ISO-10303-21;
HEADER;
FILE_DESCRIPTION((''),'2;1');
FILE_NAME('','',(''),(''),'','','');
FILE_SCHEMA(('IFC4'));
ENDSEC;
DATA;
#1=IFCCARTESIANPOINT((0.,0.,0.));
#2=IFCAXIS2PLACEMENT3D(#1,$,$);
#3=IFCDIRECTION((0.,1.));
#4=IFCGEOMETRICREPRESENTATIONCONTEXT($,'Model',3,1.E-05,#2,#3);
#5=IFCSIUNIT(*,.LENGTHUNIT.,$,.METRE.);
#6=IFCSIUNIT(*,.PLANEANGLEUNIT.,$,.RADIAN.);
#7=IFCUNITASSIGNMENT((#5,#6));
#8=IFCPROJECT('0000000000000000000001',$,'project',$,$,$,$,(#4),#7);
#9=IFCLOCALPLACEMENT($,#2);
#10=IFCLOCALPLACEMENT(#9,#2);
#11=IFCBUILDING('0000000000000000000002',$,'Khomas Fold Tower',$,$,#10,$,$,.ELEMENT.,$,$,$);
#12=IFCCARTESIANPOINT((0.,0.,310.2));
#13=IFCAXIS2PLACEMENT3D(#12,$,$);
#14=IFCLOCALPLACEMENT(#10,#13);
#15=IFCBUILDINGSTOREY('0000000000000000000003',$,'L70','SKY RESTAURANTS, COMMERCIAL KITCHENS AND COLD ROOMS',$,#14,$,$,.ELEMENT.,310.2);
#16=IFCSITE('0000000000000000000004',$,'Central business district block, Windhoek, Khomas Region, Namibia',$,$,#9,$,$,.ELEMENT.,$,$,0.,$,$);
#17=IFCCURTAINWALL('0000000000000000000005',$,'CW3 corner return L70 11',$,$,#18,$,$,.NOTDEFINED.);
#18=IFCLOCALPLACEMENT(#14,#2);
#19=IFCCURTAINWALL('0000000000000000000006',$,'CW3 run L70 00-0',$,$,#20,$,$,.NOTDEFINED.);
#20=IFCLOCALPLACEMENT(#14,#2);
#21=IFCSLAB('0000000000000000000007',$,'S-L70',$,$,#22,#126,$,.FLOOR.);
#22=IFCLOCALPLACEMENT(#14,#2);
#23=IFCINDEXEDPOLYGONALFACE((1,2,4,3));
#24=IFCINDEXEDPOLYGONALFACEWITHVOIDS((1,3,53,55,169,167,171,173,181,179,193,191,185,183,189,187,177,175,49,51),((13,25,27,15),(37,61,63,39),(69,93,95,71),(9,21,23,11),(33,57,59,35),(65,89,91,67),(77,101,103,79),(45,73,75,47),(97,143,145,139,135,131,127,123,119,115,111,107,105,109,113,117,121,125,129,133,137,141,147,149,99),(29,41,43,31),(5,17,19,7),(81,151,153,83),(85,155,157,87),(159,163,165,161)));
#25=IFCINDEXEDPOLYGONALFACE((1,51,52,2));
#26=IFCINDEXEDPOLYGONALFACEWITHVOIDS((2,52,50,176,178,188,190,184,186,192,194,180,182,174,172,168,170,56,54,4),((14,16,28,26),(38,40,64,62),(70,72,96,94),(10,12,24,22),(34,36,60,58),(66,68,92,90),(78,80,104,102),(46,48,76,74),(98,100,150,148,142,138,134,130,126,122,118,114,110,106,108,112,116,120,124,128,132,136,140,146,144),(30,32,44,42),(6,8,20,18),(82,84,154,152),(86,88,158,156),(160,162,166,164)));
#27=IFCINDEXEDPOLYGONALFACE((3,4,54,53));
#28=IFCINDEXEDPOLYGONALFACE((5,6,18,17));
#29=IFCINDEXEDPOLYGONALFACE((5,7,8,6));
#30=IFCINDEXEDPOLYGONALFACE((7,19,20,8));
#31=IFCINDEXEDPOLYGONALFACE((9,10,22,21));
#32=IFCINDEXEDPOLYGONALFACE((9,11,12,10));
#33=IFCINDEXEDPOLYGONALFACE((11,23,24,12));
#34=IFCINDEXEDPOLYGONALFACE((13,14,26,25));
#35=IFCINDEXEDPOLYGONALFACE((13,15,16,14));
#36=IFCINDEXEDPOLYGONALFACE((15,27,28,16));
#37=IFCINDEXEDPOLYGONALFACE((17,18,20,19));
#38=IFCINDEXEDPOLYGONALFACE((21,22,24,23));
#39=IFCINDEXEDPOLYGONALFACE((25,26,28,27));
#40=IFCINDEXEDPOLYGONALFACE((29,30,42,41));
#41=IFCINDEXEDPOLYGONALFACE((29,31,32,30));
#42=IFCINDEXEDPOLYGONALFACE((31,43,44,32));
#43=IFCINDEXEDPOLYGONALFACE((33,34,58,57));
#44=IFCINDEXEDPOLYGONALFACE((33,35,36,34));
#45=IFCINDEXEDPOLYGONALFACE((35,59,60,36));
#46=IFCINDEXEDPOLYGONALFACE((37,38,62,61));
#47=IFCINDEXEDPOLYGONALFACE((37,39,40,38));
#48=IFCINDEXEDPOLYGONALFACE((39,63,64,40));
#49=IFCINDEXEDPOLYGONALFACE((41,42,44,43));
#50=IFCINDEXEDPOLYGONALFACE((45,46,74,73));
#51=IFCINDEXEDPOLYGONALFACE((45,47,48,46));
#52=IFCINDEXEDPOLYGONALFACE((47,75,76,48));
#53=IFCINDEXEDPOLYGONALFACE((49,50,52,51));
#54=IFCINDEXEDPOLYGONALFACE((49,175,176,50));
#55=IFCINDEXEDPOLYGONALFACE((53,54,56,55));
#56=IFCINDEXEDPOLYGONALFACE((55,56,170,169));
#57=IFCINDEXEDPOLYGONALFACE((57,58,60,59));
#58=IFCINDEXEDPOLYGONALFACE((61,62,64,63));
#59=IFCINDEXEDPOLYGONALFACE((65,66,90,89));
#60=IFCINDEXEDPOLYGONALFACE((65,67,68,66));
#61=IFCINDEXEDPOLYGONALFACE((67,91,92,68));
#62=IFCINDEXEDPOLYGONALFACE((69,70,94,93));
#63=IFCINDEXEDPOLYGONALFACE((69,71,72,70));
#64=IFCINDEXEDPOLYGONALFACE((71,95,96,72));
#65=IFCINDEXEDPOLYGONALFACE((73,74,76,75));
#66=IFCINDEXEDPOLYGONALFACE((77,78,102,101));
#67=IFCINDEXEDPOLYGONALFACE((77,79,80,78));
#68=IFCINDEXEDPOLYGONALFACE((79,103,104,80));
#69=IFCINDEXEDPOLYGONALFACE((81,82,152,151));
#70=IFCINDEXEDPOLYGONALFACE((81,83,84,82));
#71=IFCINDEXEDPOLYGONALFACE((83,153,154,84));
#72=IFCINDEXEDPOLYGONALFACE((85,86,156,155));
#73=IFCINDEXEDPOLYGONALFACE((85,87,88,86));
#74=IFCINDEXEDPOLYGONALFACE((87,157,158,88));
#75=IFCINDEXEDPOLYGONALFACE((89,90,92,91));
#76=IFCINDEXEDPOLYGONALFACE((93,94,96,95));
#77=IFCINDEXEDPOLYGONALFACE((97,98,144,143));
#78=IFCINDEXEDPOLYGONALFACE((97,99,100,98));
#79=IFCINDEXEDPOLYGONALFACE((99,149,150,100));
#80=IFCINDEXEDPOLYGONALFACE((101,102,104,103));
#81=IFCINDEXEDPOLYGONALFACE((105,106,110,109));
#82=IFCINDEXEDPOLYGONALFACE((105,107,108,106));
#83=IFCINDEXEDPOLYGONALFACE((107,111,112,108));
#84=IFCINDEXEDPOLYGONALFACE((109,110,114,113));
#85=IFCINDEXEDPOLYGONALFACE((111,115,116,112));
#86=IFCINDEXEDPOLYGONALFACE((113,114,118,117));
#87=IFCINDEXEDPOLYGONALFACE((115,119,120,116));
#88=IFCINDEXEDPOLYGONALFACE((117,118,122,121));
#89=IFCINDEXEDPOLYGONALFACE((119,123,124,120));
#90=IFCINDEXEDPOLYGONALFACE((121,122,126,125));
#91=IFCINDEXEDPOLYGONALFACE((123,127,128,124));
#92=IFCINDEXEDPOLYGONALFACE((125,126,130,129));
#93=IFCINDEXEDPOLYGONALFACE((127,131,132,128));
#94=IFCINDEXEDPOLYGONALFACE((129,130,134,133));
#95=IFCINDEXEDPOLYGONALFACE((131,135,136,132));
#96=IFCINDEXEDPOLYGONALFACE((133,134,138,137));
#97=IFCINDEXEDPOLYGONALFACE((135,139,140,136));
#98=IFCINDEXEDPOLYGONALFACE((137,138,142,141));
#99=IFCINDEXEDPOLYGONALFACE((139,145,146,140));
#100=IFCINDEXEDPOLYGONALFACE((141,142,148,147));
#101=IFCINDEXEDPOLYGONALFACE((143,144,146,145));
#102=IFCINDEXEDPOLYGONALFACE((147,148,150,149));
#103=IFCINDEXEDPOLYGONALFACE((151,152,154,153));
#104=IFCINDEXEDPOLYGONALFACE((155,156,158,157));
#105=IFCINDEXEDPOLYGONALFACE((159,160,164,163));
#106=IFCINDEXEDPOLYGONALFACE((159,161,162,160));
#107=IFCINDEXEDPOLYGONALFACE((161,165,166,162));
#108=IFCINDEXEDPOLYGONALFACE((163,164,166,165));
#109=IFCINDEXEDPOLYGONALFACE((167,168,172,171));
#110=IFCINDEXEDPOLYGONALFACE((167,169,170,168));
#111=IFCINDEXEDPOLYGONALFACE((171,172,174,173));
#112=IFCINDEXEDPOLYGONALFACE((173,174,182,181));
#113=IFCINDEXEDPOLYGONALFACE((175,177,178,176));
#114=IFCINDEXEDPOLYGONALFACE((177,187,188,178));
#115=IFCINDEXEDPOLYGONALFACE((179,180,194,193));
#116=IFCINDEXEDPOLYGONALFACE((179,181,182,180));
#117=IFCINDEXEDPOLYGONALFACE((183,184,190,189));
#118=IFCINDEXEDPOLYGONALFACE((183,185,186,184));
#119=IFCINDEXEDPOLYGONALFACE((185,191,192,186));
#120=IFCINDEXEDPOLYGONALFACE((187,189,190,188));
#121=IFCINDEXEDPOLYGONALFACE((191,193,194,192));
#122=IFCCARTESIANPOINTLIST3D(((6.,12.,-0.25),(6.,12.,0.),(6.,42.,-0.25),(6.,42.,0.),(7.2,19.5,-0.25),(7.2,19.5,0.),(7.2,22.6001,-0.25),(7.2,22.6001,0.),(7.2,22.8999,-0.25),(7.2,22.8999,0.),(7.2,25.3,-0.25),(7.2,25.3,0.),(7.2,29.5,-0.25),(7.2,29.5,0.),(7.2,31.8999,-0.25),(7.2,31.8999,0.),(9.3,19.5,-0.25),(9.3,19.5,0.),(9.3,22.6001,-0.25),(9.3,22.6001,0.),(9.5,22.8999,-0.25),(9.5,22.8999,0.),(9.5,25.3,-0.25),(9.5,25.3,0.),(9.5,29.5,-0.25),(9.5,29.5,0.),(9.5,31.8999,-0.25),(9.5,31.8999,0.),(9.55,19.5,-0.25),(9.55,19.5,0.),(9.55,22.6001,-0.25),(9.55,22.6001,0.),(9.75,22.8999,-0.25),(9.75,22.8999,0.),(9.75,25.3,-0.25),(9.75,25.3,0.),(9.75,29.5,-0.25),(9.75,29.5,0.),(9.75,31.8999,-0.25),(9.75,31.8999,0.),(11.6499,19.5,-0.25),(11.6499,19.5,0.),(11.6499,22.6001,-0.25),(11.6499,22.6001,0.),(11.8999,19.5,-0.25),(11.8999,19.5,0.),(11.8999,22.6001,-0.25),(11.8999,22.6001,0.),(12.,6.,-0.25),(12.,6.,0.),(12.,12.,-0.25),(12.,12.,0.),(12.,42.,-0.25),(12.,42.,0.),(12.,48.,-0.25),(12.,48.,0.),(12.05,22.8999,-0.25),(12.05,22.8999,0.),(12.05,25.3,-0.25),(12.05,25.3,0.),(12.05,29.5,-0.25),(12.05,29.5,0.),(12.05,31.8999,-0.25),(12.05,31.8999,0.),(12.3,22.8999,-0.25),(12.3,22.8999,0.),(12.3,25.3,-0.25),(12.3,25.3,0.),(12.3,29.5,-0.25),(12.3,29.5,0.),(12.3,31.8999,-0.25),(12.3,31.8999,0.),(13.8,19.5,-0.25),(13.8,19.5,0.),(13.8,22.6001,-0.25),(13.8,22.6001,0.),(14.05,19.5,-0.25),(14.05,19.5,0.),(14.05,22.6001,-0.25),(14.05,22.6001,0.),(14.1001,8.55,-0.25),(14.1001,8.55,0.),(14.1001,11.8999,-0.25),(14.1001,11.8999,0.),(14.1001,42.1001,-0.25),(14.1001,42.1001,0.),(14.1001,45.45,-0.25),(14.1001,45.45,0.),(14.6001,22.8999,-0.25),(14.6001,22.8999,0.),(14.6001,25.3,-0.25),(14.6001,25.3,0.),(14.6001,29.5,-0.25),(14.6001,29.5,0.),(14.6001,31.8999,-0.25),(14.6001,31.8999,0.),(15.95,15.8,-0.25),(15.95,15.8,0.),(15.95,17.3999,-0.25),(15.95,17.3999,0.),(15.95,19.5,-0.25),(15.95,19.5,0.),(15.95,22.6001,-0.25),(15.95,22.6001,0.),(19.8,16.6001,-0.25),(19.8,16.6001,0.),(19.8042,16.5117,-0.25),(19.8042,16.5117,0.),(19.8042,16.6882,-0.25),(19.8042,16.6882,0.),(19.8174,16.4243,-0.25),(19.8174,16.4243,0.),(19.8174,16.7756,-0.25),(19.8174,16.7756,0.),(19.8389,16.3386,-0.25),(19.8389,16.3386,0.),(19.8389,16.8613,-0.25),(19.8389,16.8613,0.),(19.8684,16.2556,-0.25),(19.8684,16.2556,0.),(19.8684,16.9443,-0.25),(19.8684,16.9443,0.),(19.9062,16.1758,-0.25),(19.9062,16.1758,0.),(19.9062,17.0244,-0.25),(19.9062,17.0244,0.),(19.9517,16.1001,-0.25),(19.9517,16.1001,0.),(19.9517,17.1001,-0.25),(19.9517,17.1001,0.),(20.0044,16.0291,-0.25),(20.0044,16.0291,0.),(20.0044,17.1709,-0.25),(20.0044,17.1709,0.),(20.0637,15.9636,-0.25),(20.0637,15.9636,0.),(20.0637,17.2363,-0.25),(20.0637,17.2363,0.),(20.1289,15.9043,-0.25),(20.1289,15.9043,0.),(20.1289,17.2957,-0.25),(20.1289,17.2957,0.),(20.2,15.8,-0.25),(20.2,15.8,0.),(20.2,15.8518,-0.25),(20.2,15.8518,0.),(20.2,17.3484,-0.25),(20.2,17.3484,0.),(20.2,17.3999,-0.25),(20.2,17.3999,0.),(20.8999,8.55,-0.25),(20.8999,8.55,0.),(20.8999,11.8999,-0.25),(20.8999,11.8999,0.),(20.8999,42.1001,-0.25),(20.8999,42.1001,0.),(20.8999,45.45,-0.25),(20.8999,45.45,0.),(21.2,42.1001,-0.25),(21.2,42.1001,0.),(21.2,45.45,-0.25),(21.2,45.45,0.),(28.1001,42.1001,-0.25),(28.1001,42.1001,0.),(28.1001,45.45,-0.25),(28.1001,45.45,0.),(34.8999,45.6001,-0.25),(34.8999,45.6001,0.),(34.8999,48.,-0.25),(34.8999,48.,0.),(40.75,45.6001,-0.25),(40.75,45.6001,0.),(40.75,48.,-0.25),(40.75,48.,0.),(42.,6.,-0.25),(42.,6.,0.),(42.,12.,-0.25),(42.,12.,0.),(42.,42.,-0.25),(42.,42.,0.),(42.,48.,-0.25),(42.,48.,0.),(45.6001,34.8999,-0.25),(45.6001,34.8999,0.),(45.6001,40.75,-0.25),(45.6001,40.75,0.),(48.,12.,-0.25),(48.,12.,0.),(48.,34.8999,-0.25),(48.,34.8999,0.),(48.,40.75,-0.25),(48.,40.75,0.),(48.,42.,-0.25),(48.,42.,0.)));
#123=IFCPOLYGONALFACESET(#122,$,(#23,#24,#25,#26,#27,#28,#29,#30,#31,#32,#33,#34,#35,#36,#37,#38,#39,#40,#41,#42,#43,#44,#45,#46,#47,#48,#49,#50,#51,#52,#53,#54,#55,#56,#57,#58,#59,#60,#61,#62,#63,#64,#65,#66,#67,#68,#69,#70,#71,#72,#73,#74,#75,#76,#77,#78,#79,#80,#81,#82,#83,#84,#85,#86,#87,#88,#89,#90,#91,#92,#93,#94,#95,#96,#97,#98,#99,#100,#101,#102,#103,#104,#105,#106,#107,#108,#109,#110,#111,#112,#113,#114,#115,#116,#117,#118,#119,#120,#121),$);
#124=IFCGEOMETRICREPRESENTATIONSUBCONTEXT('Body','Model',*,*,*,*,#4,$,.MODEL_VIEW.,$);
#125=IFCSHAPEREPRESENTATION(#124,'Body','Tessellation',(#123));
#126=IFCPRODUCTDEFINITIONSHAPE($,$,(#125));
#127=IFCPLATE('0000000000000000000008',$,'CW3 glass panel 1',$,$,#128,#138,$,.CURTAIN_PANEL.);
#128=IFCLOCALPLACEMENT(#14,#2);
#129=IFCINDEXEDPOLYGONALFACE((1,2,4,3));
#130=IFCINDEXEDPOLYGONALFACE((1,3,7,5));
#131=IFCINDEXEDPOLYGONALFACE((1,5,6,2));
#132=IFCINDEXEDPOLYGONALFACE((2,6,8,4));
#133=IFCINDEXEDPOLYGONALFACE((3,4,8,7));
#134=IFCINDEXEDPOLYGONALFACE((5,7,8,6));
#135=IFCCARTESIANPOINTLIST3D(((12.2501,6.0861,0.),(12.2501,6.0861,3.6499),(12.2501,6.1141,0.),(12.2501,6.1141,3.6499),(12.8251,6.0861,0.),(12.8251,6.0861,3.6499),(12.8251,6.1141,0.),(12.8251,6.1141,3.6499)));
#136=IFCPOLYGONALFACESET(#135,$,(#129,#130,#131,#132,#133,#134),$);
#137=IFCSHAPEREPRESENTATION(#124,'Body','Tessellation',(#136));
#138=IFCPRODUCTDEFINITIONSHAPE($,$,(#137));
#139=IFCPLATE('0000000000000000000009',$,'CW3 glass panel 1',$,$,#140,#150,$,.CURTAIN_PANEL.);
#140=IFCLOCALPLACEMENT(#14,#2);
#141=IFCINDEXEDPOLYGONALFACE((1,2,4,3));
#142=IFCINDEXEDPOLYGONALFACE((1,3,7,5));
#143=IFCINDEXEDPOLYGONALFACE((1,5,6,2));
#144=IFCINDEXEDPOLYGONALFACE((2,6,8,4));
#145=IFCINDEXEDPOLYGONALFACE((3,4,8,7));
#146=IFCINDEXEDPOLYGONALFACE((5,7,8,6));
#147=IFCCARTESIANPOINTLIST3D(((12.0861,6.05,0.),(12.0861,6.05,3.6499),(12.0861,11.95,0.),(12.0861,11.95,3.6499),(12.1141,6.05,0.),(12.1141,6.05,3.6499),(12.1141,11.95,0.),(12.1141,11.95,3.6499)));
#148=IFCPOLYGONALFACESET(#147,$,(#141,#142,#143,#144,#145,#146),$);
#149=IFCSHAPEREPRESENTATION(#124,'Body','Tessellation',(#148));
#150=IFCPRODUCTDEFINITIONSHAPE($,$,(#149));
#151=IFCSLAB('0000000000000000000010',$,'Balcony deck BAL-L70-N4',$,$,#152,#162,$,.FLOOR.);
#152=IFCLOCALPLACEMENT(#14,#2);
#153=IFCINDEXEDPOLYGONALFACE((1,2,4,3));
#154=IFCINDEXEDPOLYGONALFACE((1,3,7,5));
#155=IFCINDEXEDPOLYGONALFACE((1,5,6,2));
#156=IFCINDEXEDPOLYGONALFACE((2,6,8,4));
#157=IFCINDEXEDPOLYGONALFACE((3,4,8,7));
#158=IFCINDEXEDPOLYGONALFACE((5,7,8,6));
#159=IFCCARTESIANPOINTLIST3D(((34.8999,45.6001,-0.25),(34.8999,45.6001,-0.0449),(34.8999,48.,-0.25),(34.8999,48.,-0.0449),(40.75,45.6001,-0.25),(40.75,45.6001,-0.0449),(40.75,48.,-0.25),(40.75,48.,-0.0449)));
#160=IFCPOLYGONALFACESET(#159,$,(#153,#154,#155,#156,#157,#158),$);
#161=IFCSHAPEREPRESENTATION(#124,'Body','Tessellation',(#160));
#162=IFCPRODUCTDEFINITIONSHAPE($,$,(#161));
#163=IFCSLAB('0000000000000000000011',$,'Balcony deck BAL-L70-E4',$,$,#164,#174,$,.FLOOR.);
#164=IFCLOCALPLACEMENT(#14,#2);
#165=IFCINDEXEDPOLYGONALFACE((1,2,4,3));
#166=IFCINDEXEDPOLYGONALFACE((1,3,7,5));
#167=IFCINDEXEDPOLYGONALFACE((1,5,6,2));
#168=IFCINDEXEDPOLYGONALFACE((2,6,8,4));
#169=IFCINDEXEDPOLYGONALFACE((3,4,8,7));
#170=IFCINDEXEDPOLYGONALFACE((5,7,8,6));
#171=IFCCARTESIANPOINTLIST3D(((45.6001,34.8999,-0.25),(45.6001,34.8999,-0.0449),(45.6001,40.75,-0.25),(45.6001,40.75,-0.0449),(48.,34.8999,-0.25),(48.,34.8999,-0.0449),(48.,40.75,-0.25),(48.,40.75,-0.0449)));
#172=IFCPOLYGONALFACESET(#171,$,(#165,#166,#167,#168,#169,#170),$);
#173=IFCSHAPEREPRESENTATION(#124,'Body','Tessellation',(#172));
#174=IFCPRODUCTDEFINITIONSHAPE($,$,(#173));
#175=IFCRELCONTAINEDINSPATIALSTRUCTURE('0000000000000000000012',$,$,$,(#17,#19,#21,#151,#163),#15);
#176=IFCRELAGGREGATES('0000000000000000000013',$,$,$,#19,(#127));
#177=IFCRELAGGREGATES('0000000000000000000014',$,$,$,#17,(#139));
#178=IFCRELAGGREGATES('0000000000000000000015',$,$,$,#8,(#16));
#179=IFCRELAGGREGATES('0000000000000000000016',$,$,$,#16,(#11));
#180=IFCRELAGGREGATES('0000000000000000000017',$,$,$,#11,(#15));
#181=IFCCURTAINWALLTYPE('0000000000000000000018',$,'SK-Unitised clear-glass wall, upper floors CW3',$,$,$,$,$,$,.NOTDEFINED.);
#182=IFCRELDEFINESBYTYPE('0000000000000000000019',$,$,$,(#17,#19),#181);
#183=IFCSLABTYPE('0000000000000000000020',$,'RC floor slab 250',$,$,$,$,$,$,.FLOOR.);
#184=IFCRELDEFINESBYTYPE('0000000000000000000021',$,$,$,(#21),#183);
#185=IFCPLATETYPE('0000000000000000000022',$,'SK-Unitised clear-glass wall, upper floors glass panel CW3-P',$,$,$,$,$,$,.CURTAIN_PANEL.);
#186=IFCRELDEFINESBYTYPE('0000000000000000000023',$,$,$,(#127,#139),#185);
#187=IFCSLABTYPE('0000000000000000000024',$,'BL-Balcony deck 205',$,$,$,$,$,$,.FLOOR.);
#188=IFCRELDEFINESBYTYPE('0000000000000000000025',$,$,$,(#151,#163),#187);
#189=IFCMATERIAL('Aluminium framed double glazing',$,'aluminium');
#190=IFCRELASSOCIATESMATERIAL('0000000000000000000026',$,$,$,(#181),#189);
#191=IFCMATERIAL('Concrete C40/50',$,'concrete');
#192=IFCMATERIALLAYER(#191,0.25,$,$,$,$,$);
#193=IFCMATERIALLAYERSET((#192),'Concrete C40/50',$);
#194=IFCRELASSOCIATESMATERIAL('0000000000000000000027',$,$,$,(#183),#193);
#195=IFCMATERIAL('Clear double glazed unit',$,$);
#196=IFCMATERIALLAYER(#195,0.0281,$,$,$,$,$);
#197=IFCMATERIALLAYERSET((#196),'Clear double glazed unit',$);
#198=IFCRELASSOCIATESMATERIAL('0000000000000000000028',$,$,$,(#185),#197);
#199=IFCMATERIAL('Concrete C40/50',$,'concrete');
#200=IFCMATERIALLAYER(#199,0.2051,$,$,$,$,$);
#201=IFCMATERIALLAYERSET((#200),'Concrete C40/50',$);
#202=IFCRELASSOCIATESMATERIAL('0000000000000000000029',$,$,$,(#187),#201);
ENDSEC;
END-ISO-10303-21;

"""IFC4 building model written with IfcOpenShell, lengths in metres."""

from ifc_helpers import new_model, si_unit, direction, frame, origin, origin_2d, place, context, subcontext, project, spatial, polyline, rectangle, outline, extrude, source, transform, mapped, material, layer, layer_set, type_object, element, aggregate, save


model = new_model("IFC4")

# Units and contexts
model_context = context("Model", 3, precision=1e-05, world=origin(), true_north=direction((0.0, 1.0)))
body_context = subcontext(model_context, "Body", "Model", "MODEL_VIEW")
ifc_project = project(units=[si_unit("LENGTHUNIT", "METRE"), si_unit("PLANEANGLEUNIT", "RADIAN")], contexts=[model_context])

# Site, building, storey
site_placement = place(None, origin())
site = spatial("IfcSite", under=ifc_project, at=site_placement, Name="Central business district block, Windhoek, Khomas Region, Namibia", CompositionType="ELEMENT", RefElevation=0.0)
building_placement = place(site_placement, origin())
building = spatial("IfcBuilding", under=site, at=building_placement, Name="Khomas Fold Tower", CompositionType="ELEMENT")
storey_placement = place(building_placement, frame((0.0, 0.0, 310.2)))
storey = spatial("IfcBuildingStorey", under=building, at=storey_placement, Name="L70", Description="SKY RESTAURANTS, COMMERCIAL KITCHENS AND COLD ROOMS", CompositionType="ELEMENT", Elevation=310.2)

# Shared definitions
ifc_material_1 = material(Name="Aluminium framed double glazing", Category="aluminium")
curtain_wall_type = type_object("IfcCurtainWallType", Name="SK-Unitised clear-glass wall, upper floors CW3", PredefinedType="NOTDEFINED", material=ifc_material_1)

# Curtain wall
curtain_wall_1_placement = place(storey_placement, origin())
curtain_wall_1 = element("IfcCurtainWall", 1, at=curtain_wall_1_placement, inside=storey, type_object=curtain_wall_type, Name="CW3 corner return L70 11", PredefinedType="NOTDEFINED")

# Curtain wall
curtain_wall_2_placement = place(storey_placement, origin())
curtain_wall_2 = element("IfcCurtainWall", 2, at=curtain_wall_2_placement, inside=storey, type_object=curtain_wall_type, Name="CW3 run L70 00-0", PredefinedType="NOTDEFINED")

# Slab
ifc_material_2 = material(Name="Concrete C40/50", Category="concrete")
ifc_layer_1 = layer(ifc_material_2, 0.25)
ifc_layer_set_1 = layer_set([ifc_layer_1], Name="Concrete C40/50")
slab_type_1 = type_object("IfcSlabType", Name="RC floor slab 250", PredefinedType="FLOOR", material=ifc_layer_set_1)
shared_shape_1 = source(origin(), body_context, "Body", "SweptSolid", [
    extrude(outline(polyline([(6.0, 12.0), (12.0, 12.0), (12.0, 6.0), (42.0, 6.0), (42.0, 12.0), (48.0, 12.0), (48.0, 34.8999), (45.6001, 34.8999), (45.6001, 40.75), (48.0, 40.75), (48.0, 42.0), (42.0, 42.0), (42.0, 48.0), (40.75, 48.0), (40.75, 45.6001), (34.8999, 45.6001), (34.8999, 48.0), (12.0, 48.0), (12.0, 42.0), (6.0, 42.0), (6.0, 12.0)]), holes=[polyline([(7.2, 19.5), (7.2, 22.6001), (9.3, 22.6001), (9.3, 19.5), (7.2, 19.5)]), polyline([(7.2, 22.8999), (7.2, 25.3), (9.5, 25.3), (9.5, 22.8999), (7.2, 22.8999)]), polyline([(7.2, 29.5), (7.2, 31.8999), (9.5, 31.8999), (9.5, 29.5), (7.2, 29.5)]), polyline([(9.55, 19.5), (9.55, 22.6001), (11.6499, 22.6001), (11.6499, 19.5), (9.55, 19.5)]), polyline([(9.75, 22.8999), (9.75, 25.3), (12.05, 25.3), (12.05, 22.8999), (9.75, 22.8999)]), polyline([(9.75, 29.5), (9.75, 31.8999), (12.05, 31.8999), (12.05, 29.5), (9.75, 29.5)]), polyline([(11.8999, 19.5), (11.8999, 22.6001), (13.8, 22.6001), (13.8, 19.5), (11.8999, 19.5)]), polyline([(12.3, 22.8999), (12.3, 25.3), (14.6001, 25.3), (14.6001, 22.8999), (12.3, 22.8999)]), polyline([(12.3, 29.5), (12.3, 31.8999), (14.6001, 31.8999), (14.6001, 29.5), (12.3, 29.5)]), polyline([(14.05, 19.5), (14.05, 22.6001), (15.95, 22.6001), (15.95, 19.5), (14.05, 19.5)]), polyline([(14.1001, 8.55), (14.1001, 11.8999), (20.8999, 11.8999), (20.8999, 8.55), (14.1001, 8.55)]), polyline([(14.1001, 42.1001), (14.1001, 45.45), (20.8999, 45.45), (20.8999, 42.1001), (14.1001, 42.1001)]), polyline([(15.95, 15.8), (15.95, 17.3999), (20.2, 17.3999), (20.2, 17.3484), (20.2, 17.3484), (20.1289, 17.2957), (20.0637, 17.2363), (20.0044, 17.1709), (19.9517, 17.1001), (19.9062, 17.0244), (19.8684, 16.9443), (19.8389, 16.8613), (19.8174, 16.7756), (19.8042, 16.6882), (19.8, 16.6001), (19.8042, 16.5117), (19.8174, 16.4243), (19.8389, 16.3386), (19.8684, 16.2556), (19.9062, 16.1758), (19.9517, 16.1001), (20.0044, 16.0291), (20.0637, 15.9636), (20.1289, 15.9043), (20.2, 15.8518), (20.2, 15.8518), (20.2, 15.8), (15.95, 15.8)]), polyline([(21.2, 42.1001), (21.2, 45.45), (28.1001, 45.45), (28.1001, 42.1001), (21.2, 42.1001)])]), origin(), (0.0, 0.0, 1.0), 0.25),
])
slab_1_placement = place(storey_placement, frame((0.0, 0.0, -0.25)))
element("IfcSlab", 3, at=slab_1_placement, inside=storey, type_object=slab_type_1, Name="S-L70", PredefinedType="FLOOR", context=body_context, shape_type="MappedRepresentation", body=[
    mapped(shared_shape_1, transform((0.0, 0.0, 0.0))),
])

# Plates
ifc_material_3 = material(Name="Clear double glazed unit")
ifc_layer_2 = layer(ifc_material_3, 0.0281)
ifc_layer_set_2 = layer_set([ifc_layer_2], Name="Clear double glazed unit")
plate_type = type_object("IfcPlateType", Name="SK-Unitised clear-glass wall, upper floors glass panel CW3-P", PredefinedType="CURTAIN_PANEL", material=ifc_layer_set_2)
shared_shape_2 = source(origin(), body_context, "Body", "SweptSolid", [
    extrude(rectangle(XDim=0.575, YDim=0.0281, at=origin_2d()), origin(), (0.0, 0.0, 1.0), 3.6499),
])
plate_1_placement = place(storey_placement, frame((12.5376, 6.1001, 0.0), z_axis=(0.0, 0.0, 1.0), x_axis=(1.0, 0.0, 0.0)))
plate_1 = element("IfcPlate", 4, at=plate_1_placement, type_object=plate_type, Name="CW3 glass panel 1", PredefinedType="CURTAIN_PANEL", context=body_context, shape_type="MappedRepresentation", body=[
    mapped(shared_shape_2, transform((0.0, 0.0, 0.0))),
])
aggregate(curtain_wall_2, [plate_1])
shared_shape_3 = source(origin(), body_context, "Body", "SweptSolid", [
    extrude(rectangle(XDim=5.8999, YDim=0.0281, at=origin_2d()), origin(), (0.0, 0.0, 1.0), 3.6499),
])
plate_2_placement = place(storey_placement, frame((12.1001, 9.0, 0.0), z_axis=(0.0, 0.0, 1.0), x_axis=(0.0, -1.0, 0.0)))
plate_2 = element("IfcPlate", 5, at=plate_2_placement, type_object=plate_type, Name="CW3 glass panel 1", PredefinedType="CURTAIN_PANEL", context=body_context, shape_type="MappedRepresentation", body=[
    mapped(shared_shape_3, transform((0.0, 0.0, 0.0))),
])
aggregate(curtain_wall_1, [plate_2])

# Slabs
ifc_material_4 = material(Name="Concrete C40/50", Category="concrete")
ifc_layer_3 = layer(ifc_material_4, 0.2051)
ifc_layer_set_3 = layer_set([ifc_layer_3], Name="Concrete C40/50")
slab_type_2 = type_object("IfcSlabType", Name="BL-Balcony deck 205", PredefinedType="FLOOR", material=ifc_layer_set_3)
shared_shape_4 = source(origin(), body_context, "Body", "SweptSolid", [
    extrude(outline(polyline([(34.8999, 45.6001), (40.75, 45.6001), (40.75, 48.0), (34.8999, 48.0), (34.8999, 45.6001)])), origin(), (0.0, 0.0, 1.0), 0.2051),
])
slab_2_placement = place(storey_placement, frame((0.0, 0.0, -0.25)))
element("IfcSlab", 6, at=slab_2_placement, inside=storey, type_object=slab_type_2, Name="Balcony deck BAL-L70-N4", PredefinedType="FLOOR", context=body_context, shape_type="MappedRepresentation", body=[
    mapped(shared_shape_4, transform((0.0, 0.0, 0.0))),
])
shared_shape_5 = source(origin(), body_context, "Body", "SweptSolid", [
    extrude(outline(polyline([(45.6001, 34.8999), (48.0, 34.8999), (48.0, 40.75), (45.6001, 40.75), (45.6001, 34.8999)])), origin(), (0.0, 0.0, 1.0), 0.2051),
])
slab_3_placement = place(storey_placement, frame((0.0, 0.0, -0.25)))
element("IfcSlab", 7, at=slab_3_placement, inside=storey, type_object=slab_type_2, Name="Balcony deck BAL-L70-E4", PredefinedType="FLOOR", context=body_context, shape_type="MappedRepresentation", body=[
    mapped(shared_shape_5, transform((0.0, 0.0, 0.0))),
])

save(model, "model.ifc")
